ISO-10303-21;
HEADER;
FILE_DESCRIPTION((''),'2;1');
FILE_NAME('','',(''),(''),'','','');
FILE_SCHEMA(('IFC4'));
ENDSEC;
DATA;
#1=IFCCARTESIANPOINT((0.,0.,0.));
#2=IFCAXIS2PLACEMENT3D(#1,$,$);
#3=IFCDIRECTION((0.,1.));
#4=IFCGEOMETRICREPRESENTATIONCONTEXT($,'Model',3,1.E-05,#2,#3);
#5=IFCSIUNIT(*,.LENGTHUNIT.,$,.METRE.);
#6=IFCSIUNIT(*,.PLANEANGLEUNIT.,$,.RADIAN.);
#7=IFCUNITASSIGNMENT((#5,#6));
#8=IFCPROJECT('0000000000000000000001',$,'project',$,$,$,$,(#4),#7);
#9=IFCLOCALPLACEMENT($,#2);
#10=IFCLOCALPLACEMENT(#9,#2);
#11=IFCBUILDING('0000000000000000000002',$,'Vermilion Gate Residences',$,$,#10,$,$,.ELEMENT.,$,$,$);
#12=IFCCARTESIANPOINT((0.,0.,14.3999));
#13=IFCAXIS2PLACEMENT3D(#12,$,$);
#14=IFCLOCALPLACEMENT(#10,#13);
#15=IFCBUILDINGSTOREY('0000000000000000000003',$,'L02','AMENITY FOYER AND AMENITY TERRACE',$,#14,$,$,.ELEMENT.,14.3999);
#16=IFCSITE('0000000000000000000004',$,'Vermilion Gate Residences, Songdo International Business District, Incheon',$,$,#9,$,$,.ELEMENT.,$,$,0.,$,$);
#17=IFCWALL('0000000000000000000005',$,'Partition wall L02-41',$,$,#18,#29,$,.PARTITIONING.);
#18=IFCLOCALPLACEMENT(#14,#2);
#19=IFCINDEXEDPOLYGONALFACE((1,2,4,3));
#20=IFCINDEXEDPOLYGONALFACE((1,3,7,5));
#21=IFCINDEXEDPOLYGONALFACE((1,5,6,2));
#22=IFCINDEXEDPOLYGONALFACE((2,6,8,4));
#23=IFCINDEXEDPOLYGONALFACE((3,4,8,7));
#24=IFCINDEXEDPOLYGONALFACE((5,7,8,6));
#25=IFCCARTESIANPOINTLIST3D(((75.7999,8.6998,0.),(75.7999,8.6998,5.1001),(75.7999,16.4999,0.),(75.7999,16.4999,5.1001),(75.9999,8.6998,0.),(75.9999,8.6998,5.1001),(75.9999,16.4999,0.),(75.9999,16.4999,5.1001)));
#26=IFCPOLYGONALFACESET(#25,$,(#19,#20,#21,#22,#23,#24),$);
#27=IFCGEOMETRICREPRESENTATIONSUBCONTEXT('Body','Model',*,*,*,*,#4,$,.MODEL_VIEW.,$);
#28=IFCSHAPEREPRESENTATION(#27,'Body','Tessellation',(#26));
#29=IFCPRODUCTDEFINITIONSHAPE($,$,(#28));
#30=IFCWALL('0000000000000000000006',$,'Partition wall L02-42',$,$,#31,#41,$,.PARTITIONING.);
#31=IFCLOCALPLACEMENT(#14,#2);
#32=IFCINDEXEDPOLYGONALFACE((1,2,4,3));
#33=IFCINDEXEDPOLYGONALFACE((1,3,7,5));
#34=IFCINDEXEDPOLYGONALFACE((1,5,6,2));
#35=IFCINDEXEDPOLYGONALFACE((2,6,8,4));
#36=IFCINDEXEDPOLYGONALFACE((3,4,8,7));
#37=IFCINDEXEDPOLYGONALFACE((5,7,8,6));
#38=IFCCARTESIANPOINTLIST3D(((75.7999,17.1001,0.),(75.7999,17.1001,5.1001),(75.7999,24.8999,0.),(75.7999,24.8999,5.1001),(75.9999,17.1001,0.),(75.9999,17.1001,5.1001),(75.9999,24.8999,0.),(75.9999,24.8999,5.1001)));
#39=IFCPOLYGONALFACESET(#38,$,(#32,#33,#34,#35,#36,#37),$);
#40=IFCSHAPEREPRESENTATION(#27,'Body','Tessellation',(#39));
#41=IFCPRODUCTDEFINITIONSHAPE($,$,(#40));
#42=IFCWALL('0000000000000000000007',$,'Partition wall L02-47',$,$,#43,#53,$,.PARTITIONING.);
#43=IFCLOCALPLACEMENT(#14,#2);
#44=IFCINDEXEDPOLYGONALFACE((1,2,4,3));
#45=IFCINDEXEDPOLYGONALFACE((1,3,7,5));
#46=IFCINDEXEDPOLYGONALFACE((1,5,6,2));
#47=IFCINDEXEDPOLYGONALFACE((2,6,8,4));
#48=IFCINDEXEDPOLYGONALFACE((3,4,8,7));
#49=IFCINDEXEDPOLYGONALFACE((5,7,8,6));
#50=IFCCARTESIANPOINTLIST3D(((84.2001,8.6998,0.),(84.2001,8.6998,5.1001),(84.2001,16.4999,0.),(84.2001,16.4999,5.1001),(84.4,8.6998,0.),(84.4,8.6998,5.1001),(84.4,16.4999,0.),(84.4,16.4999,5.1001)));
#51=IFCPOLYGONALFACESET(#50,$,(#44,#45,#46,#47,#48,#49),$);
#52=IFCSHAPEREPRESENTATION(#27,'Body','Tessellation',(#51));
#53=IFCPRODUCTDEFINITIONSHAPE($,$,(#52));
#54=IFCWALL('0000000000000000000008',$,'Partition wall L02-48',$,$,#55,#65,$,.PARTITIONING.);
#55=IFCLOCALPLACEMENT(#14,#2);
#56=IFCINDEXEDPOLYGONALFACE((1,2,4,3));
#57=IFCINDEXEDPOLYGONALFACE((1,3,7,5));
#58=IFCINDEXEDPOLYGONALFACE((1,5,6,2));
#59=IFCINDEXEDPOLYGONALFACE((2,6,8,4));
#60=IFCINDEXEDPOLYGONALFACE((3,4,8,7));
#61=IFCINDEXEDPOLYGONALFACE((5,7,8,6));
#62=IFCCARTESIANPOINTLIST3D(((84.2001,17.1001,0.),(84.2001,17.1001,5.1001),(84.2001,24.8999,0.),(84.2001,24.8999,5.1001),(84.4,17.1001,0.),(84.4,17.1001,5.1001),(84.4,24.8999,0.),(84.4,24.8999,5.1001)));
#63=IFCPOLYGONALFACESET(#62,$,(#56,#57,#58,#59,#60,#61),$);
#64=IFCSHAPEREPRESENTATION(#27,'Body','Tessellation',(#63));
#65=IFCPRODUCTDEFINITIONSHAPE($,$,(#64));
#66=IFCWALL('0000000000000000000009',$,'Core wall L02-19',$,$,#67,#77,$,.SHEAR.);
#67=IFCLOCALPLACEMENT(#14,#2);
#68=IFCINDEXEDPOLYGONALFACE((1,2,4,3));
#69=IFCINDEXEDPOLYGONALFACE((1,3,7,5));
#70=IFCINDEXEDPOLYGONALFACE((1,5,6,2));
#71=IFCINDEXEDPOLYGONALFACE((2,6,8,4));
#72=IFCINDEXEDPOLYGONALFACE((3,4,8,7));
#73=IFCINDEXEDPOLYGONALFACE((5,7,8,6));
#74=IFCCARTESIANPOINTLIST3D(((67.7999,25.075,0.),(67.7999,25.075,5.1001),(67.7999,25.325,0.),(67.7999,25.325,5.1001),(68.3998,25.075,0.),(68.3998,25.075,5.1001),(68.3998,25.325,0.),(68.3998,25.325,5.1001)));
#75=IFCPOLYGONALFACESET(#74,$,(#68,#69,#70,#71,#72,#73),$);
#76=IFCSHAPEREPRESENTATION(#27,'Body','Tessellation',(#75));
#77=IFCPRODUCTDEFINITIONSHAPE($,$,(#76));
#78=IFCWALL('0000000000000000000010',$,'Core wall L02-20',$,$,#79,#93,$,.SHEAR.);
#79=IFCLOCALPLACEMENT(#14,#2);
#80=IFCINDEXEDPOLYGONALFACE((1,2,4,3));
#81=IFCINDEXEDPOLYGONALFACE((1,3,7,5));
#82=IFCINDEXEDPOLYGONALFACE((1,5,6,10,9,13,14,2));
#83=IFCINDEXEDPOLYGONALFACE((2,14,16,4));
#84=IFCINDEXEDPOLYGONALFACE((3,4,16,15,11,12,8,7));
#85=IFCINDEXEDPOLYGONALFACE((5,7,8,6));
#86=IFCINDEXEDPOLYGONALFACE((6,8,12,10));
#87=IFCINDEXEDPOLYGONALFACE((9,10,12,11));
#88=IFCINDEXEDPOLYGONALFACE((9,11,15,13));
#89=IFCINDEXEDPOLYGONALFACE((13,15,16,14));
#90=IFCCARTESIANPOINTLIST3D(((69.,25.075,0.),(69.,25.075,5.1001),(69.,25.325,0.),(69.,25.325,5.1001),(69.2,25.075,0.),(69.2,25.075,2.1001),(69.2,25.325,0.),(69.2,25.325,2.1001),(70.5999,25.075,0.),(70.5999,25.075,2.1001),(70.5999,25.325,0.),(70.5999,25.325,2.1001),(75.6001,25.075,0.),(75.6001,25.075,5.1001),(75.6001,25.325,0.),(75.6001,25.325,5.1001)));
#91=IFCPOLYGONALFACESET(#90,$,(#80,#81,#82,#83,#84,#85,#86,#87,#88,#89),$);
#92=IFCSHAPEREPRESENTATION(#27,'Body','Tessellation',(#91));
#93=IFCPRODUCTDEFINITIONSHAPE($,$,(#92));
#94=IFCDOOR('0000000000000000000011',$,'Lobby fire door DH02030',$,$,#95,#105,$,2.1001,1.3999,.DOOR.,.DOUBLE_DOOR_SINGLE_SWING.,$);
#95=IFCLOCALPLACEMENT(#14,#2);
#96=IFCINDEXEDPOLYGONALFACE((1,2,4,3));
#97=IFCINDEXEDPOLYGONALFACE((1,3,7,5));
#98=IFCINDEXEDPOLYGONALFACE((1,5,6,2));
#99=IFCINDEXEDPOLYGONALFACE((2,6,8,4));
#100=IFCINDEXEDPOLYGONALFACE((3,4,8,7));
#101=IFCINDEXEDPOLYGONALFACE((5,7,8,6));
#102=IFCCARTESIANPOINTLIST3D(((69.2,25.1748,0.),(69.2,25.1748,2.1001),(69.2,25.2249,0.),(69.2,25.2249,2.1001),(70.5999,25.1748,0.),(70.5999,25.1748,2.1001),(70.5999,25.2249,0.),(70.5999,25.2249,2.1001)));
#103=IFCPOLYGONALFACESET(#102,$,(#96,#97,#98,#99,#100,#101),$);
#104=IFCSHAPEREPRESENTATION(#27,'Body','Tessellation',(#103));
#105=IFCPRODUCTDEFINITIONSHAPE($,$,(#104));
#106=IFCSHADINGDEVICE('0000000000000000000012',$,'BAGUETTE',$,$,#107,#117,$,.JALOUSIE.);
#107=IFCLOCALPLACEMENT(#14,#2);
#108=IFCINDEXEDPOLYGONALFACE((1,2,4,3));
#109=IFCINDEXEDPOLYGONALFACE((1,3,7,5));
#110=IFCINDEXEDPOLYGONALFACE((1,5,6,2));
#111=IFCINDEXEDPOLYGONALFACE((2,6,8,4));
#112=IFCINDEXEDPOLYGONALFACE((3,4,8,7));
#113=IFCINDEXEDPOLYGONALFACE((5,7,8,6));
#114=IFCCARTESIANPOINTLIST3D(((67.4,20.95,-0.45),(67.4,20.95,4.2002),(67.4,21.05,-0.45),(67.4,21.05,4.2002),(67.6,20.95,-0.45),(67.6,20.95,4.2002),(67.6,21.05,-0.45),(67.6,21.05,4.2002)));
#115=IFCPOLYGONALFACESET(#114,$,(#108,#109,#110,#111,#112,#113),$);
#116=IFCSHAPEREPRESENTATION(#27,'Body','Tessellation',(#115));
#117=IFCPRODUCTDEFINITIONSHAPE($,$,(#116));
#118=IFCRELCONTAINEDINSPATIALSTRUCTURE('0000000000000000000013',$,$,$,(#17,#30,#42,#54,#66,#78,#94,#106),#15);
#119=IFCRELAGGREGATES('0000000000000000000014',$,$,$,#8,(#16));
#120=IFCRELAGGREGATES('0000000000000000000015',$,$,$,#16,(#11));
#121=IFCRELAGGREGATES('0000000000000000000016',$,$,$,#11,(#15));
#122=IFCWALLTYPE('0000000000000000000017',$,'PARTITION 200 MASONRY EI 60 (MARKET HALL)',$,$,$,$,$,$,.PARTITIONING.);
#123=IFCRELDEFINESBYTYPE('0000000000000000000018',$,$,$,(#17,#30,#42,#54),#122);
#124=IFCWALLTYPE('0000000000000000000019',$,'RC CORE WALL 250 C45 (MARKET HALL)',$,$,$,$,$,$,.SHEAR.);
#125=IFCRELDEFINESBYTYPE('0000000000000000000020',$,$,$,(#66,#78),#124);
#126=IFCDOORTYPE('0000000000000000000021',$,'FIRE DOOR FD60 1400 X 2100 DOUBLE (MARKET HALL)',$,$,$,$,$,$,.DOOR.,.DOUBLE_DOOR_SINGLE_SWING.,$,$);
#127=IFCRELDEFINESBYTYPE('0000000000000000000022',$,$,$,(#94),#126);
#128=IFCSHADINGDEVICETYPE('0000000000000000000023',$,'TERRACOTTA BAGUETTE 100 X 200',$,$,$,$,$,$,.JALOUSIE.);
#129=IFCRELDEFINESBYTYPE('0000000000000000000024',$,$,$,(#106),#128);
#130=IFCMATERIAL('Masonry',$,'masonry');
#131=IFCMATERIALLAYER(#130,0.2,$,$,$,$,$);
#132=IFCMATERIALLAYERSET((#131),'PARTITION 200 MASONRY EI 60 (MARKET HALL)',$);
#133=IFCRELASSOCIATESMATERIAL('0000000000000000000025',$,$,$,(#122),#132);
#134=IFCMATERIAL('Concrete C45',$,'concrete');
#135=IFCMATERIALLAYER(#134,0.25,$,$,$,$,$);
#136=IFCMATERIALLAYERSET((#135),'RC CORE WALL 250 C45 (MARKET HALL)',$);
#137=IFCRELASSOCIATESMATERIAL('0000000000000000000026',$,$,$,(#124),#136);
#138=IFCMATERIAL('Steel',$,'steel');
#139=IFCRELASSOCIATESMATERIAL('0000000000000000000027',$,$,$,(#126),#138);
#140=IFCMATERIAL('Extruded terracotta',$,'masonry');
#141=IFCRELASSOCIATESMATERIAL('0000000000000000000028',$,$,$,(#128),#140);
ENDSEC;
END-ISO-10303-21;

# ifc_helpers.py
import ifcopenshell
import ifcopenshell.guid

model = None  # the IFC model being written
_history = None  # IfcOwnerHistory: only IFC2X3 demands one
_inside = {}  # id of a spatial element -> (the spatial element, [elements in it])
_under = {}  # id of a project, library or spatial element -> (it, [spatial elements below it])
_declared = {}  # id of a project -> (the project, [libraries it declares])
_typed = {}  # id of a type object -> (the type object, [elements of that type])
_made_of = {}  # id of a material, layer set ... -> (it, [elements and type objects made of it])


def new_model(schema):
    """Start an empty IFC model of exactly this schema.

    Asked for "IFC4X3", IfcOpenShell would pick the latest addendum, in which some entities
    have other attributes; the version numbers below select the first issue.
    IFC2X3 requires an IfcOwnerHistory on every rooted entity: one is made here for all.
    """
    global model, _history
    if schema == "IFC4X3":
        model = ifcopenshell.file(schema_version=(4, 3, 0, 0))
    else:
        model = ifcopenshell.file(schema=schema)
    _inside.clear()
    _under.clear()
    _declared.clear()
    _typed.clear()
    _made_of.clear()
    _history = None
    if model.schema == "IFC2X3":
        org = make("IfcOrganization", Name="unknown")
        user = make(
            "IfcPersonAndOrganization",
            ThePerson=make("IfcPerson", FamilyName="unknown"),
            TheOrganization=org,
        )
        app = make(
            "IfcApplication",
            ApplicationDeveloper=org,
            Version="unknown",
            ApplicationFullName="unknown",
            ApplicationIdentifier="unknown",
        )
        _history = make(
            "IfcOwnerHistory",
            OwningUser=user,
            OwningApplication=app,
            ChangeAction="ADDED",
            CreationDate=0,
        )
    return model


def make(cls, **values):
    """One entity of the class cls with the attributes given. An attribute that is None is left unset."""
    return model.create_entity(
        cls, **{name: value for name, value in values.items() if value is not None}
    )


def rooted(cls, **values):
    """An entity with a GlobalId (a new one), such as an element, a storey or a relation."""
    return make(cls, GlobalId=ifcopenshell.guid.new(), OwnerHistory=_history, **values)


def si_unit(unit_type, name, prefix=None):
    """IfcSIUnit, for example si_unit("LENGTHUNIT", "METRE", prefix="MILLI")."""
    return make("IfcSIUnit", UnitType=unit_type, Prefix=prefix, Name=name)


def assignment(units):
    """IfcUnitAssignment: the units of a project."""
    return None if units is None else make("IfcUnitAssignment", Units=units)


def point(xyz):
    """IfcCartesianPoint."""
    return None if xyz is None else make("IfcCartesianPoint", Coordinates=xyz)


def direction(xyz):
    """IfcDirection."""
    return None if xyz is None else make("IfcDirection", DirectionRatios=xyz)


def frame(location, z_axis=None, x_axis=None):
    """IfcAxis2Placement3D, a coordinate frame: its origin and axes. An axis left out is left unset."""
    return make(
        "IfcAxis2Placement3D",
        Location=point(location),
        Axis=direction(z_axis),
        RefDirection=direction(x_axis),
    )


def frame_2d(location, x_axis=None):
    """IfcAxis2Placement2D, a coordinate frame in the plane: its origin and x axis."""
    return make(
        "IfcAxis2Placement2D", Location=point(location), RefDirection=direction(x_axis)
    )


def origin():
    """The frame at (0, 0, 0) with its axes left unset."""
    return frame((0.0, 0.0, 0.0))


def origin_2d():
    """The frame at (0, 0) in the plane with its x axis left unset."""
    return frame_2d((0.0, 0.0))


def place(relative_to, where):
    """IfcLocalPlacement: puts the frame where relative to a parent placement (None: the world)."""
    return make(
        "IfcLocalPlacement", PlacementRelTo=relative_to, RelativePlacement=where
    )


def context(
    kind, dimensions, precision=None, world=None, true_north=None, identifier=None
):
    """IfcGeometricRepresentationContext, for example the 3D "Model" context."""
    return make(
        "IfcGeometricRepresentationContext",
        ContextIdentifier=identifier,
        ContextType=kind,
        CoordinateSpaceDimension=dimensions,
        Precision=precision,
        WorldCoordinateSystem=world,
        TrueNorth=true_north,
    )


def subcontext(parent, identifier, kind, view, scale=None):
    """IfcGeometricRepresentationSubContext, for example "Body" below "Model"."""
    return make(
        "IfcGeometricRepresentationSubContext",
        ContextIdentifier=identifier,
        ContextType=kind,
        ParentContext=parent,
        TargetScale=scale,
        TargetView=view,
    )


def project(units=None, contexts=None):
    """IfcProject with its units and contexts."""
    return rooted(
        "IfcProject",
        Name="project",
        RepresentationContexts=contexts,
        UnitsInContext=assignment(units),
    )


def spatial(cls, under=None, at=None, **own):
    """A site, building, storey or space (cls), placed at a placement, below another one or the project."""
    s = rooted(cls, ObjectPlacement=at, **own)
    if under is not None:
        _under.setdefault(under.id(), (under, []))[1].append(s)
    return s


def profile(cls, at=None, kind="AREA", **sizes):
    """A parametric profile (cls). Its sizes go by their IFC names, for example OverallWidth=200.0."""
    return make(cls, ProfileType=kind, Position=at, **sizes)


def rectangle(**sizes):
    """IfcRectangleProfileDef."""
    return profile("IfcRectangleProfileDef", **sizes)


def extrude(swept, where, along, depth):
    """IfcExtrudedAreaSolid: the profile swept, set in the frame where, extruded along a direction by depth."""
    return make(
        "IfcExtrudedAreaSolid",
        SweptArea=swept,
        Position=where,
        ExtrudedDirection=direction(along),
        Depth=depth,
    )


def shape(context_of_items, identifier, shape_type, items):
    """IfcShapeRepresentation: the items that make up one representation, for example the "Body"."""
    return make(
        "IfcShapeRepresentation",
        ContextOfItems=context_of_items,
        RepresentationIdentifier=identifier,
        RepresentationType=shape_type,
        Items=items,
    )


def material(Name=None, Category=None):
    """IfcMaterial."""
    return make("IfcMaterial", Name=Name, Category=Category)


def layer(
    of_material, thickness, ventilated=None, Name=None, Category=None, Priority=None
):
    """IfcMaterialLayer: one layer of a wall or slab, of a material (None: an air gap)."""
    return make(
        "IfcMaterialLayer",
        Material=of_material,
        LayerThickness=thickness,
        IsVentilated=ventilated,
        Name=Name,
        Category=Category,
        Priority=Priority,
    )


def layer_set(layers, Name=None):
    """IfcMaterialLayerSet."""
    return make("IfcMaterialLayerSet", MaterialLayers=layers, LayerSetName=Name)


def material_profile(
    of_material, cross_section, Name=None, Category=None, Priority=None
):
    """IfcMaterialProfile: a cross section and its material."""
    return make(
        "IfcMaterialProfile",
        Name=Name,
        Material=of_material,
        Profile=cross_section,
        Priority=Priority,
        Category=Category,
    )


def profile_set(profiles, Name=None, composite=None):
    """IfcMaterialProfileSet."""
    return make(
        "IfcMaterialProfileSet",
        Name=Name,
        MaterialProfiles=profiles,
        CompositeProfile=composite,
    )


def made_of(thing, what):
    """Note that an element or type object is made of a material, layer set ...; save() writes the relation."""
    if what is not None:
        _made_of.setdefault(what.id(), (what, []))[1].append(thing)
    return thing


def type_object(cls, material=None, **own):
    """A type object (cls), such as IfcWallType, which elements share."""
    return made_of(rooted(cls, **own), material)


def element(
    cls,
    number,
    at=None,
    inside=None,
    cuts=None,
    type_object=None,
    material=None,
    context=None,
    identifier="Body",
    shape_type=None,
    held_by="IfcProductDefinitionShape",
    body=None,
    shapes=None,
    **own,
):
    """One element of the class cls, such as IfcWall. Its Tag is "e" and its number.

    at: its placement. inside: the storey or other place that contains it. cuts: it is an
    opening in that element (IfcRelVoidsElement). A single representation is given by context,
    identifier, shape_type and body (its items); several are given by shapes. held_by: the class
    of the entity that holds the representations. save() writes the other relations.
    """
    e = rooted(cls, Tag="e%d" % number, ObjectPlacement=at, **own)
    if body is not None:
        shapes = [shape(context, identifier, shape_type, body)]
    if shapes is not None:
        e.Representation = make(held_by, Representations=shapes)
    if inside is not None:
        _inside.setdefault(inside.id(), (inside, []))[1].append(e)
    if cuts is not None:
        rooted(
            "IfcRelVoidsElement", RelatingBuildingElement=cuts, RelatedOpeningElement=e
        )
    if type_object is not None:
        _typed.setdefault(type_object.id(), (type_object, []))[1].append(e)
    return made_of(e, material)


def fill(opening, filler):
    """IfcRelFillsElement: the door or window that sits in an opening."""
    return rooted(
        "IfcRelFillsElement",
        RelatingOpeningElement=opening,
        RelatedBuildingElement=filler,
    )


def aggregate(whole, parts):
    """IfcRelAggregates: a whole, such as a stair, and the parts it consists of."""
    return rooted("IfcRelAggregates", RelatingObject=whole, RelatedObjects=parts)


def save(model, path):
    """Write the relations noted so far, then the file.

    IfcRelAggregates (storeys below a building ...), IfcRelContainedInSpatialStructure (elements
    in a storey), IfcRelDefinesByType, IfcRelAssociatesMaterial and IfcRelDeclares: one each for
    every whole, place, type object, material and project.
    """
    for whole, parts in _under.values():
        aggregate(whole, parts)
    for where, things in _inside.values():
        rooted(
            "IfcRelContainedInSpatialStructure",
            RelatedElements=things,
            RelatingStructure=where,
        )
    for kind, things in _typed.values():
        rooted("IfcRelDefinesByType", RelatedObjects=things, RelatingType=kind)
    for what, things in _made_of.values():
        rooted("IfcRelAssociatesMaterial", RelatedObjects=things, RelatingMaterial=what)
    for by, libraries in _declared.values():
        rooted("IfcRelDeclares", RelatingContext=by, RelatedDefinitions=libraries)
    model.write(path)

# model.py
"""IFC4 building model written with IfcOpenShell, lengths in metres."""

from ifc_helpers import new_model, si_unit, direction, frame, frame_2d, origin, origin_2d, place, context, subcontext, project, spatial, rectangle, extrude, material, layer, layer_set, material_profile, profile_set, type_object, element, fill, save


model = new_model("IFC4")

# Units and contexts
model_context = context("Model", 3, precision=1e-05, world=origin(), true_north=direction((0.0, 1.0)))
body_context = subcontext(model_context, "Body", "Model", "MODEL_VIEW")
ifc_project = project(units=[si_unit("LENGTHUNIT", "METRE"), si_unit("PLANEANGLEUNIT", "RADIAN")], contexts=[model_context])

# Site, building, storey
site_placement = place(None, origin())
site = spatial("IfcSite", under=ifc_project, at=site_placement, Name="Vermilion Gate Residences, Songdo International Business District, Incheon", CompositionType="ELEMENT", RefElevation=0.0)
building_placement = place(site_placement, origin())
building = spatial("IfcBuilding", under=site, at=building_placement, Name="Vermilion Gate Residences", CompositionType="ELEMENT")
storey_placement = place(building_placement, frame((0.0, 0.0, 14.3999)))
storey = spatial("IfcBuildingStorey", under=building, at=storey_placement, Name="L02", Description="AMENITY FOYER AND AMENITY TERRACE", CompositionType="ELEMENT", Elevation=14.3999)

# Shared definitions
ifc_material_1 = material(Name="Masonry", Category="masonry")
ifc_layer_1 = layer(ifc_material_1, 0.2)
ifc_layer_set_1 = layer_set([ifc_layer_1], Name="PARTITION 200 MASONRY EI 60 (MARKET HALL)")
wall_type_1 = type_object("IfcWallType", Name="PARTITION 200 MASONRY EI 60 (MARKET HALL)", PredefinedType="PARTITIONING", material=ifc_layer_set_1)

# Walls
wall_1_placement = place(storey_placement, frame((75.8999, 8.7, 0.0), z_axis=(0.0, 0.0, 1.0), x_axis=(0.0, 1.0, 0.0)))
element("IfcWall", 1, at=wall_1_placement, inside=storey, type_object=wall_type_1, Name="Partition wall L02-41", PredefinedType="PARTITIONING", context=body_context, shape_type="SweptSolid", body=[
    extrude(rectangle(XDim=7.8, YDim=0.2, at=frame_2d((3.8999, 0.0))), origin(), (0.0, 0.0, 1.0), 5.1001),
])
wall_2_placement = place(storey_placement, frame((75.8999, 17.1001, 0.0), z_axis=(0.0, 0.0, 1.0), x_axis=(0.0, 1.0, 0.0)))
element("IfcWall", 2, at=wall_2_placement, inside=storey, type_object=wall_type_1, Name="Partition wall L02-42", PredefinedType="PARTITIONING", context=body_context, shape_type="SweptSolid", body=[
    extrude(rectangle(XDim=7.7998, YDim=0.2, at=frame_2d((3.8999, 0.0))), origin(), (0.0, 0.0, 1.0), 5.1001),
])
wall_3_placement = place(storey_placement, frame((84.3, 8.7, 0.0), z_axis=(0.0, 0.0, 1.0), x_axis=(0.0, 1.0, 0.0)))
element("IfcWall", 3, at=wall_3_placement, inside=storey, type_object=wall_type_1, Name="Partition wall L02-47", PredefinedType="PARTITIONING", context=body_context, shape_type="SweptSolid", body=[
    extrude(rectangle(XDim=7.8, YDim=0.2, at=frame_2d((3.8999, 0.0))), origin(), (0.0, 0.0, 1.0), 5.1001),
])
wall_4_placement = place(storey_placement, frame((84.3, 17.1001, 0.0), z_axis=(0.0, 0.0, 1.0), x_axis=(0.0, 1.0, 0.0)))
element("IfcWall", 4, at=wall_4_placement, inside=storey, type_object=wall_type_1, Name="Partition wall L02-48", PredefinedType="PARTITIONING", context=body_context, shape_type="SweptSolid", body=[
    extrude(rectangle(XDim=7.7998, YDim=0.2, at=frame_2d((3.8999, 0.0))), origin(), (0.0, 0.0, 1.0), 5.1001),
])
ifc_material_2 = material(Name="Concrete C45", Category="concrete")
ifc_layer_2 = layer(ifc_material_2, 0.25)
ifc_layer_set_2 = layer_set([ifc_layer_2], Name="RC CORE WALL 250 C45 (MARKET HALL)")
wall_type_2 = type_object("IfcWallType", Name="RC CORE WALL 250 C45 (MARKET HALL)", PredefinedType="SHEAR", material=ifc_layer_set_2)
wall_5_placement = place(storey_placement, frame((67.8, 25.2, 0.0), z_axis=(0.0, 0.0, 1.0), x_axis=(1.0, 0.0, 0.0)))
element("IfcWall", 5, at=wall_5_placement, inside=storey, type_object=wall_type_2, Name="Core wall L02-19", PredefinedType="SHEAR", context=body_context, shape_type="SweptSolid", body=[
    extrude(rectangle(XDim=0.5999, YDim=0.25, at=frame_2d((0.2998, 0.0))), origin(), (0.0, 0.0, 1.0), 5.1001),
])

# Wall, opening, door
wall_6_placement = place(storey_placement, frame((69.0, 25.2, 0.0), z_axis=(0.0, 0.0, 1.0), x_axis=(1.0, 0.0, 0.0)))
wall_6 = element("IfcWall", 6, at=wall_6_placement, inside=storey, type_object=wall_type_2, Name="Core wall L02-20", PredefinedType="SHEAR", context=body_context, shape_type="SweptSolid", body=[
    extrude(rectangle(XDim=6.6001, YDim=0.25, at=frame_2d((3.3, 0.0))), origin(), (0.0, 0.0, 1.0), 5.1001),
])
opening_1_placement = place(wall_6_placement, frame((0.2, 0.0, 0.0)))
opening_1 = element("IfcOpeningElement", 7, at=opening_1_placement, cuts=wall_6, PredefinedType="OPENING", context=body_context, shape_type="SweptSolid", body=[
    extrude(rectangle(XDim=1.3999, YDim=2.1001, at=frame_2d((0.7, 1.05))), frame((0.0, 0.135, 0.0), z_axis=(0.0, -1.0, 0.0), x_axis=(1.0, 0.0, 0.0)), (0.0, 0.0, 1.0), 0.27),
])
ifc_material_3 = material(Name="Steel", Category="steel")
door_type_1 = type_object("IfcDoorType", Name="FIRE DOOR FD60 1400 X 2100 DOUBLE (MARKET HALL)", OperationType="DOUBLE_DOOR_SINGLE_SWING", PredefinedType="DOOR", material=ifc_material_3)
door_1_placement = place(opening_1_placement, origin())
door_1 = element("IfcDoor", 8, at=door_1_placement, inside=storey, type_object=door_type_1, Name="Lobby fire door DH02030", OperationType="DOUBLE_DOOR_SINGLE_SWING", OverallHeight=2.1001, OverallWidth=1.3999, PredefinedType="DOOR", context=body_context, shape_type="SweptSolid", body=[
    extrude(rectangle(XDim=1.3999, YDim=2.1001, at=frame_2d((0.7, 1.05))), frame((0.0, 0.0249, 0.0), z_axis=(0.0, -1.0, 0.0), x_axis=(1.0, 0.0, 0.0)), (0.0, 0.0, 1.0), 0.05),
])
fill(opening_1, door_1)

# Shading device
ifc_material_4 = material(Name="Extruded terracotta", Category="masonry")
ifc_material_profile_1 = material_profile(ifc_material_4, rectangle(XDim=0.2, YDim=0.1001, at=origin_2d()), Name="BAGUETTE 100 X 200")
ifc_profile_set_1 = profile_set([ifc_material_profile_1], Name="Extruded terracotta")
shading_device_type = type_object("IfcShadingDeviceType", Name="TERRACOTTA BAGUETTE 100 X 200", PredefinedType="JALOUSIE", material=ifc_profile_set_1)
shading_device_placement = place(storey_placement, frame((67.5, 21.0, -0.45), z_axis=(0.0, 0.0, 1.0), x_axis=(-1.0, 0.0, 0.0)))
element("IfcShadingDevice", 9, at=shading_device_placement, inside=storey, type_object=shading_device_type, Name="BAGUETTE", PredefinedType="JALOUSIE", context=body_context, shape_type="SweptSolid", body=[
    extrude(rectangle(XDim=0.2, YDim=0.1001, at=origin_2d()), origin(), (0.0, 0.0, 1.0), 4.6501),
])

save(model, "model.ifc")
